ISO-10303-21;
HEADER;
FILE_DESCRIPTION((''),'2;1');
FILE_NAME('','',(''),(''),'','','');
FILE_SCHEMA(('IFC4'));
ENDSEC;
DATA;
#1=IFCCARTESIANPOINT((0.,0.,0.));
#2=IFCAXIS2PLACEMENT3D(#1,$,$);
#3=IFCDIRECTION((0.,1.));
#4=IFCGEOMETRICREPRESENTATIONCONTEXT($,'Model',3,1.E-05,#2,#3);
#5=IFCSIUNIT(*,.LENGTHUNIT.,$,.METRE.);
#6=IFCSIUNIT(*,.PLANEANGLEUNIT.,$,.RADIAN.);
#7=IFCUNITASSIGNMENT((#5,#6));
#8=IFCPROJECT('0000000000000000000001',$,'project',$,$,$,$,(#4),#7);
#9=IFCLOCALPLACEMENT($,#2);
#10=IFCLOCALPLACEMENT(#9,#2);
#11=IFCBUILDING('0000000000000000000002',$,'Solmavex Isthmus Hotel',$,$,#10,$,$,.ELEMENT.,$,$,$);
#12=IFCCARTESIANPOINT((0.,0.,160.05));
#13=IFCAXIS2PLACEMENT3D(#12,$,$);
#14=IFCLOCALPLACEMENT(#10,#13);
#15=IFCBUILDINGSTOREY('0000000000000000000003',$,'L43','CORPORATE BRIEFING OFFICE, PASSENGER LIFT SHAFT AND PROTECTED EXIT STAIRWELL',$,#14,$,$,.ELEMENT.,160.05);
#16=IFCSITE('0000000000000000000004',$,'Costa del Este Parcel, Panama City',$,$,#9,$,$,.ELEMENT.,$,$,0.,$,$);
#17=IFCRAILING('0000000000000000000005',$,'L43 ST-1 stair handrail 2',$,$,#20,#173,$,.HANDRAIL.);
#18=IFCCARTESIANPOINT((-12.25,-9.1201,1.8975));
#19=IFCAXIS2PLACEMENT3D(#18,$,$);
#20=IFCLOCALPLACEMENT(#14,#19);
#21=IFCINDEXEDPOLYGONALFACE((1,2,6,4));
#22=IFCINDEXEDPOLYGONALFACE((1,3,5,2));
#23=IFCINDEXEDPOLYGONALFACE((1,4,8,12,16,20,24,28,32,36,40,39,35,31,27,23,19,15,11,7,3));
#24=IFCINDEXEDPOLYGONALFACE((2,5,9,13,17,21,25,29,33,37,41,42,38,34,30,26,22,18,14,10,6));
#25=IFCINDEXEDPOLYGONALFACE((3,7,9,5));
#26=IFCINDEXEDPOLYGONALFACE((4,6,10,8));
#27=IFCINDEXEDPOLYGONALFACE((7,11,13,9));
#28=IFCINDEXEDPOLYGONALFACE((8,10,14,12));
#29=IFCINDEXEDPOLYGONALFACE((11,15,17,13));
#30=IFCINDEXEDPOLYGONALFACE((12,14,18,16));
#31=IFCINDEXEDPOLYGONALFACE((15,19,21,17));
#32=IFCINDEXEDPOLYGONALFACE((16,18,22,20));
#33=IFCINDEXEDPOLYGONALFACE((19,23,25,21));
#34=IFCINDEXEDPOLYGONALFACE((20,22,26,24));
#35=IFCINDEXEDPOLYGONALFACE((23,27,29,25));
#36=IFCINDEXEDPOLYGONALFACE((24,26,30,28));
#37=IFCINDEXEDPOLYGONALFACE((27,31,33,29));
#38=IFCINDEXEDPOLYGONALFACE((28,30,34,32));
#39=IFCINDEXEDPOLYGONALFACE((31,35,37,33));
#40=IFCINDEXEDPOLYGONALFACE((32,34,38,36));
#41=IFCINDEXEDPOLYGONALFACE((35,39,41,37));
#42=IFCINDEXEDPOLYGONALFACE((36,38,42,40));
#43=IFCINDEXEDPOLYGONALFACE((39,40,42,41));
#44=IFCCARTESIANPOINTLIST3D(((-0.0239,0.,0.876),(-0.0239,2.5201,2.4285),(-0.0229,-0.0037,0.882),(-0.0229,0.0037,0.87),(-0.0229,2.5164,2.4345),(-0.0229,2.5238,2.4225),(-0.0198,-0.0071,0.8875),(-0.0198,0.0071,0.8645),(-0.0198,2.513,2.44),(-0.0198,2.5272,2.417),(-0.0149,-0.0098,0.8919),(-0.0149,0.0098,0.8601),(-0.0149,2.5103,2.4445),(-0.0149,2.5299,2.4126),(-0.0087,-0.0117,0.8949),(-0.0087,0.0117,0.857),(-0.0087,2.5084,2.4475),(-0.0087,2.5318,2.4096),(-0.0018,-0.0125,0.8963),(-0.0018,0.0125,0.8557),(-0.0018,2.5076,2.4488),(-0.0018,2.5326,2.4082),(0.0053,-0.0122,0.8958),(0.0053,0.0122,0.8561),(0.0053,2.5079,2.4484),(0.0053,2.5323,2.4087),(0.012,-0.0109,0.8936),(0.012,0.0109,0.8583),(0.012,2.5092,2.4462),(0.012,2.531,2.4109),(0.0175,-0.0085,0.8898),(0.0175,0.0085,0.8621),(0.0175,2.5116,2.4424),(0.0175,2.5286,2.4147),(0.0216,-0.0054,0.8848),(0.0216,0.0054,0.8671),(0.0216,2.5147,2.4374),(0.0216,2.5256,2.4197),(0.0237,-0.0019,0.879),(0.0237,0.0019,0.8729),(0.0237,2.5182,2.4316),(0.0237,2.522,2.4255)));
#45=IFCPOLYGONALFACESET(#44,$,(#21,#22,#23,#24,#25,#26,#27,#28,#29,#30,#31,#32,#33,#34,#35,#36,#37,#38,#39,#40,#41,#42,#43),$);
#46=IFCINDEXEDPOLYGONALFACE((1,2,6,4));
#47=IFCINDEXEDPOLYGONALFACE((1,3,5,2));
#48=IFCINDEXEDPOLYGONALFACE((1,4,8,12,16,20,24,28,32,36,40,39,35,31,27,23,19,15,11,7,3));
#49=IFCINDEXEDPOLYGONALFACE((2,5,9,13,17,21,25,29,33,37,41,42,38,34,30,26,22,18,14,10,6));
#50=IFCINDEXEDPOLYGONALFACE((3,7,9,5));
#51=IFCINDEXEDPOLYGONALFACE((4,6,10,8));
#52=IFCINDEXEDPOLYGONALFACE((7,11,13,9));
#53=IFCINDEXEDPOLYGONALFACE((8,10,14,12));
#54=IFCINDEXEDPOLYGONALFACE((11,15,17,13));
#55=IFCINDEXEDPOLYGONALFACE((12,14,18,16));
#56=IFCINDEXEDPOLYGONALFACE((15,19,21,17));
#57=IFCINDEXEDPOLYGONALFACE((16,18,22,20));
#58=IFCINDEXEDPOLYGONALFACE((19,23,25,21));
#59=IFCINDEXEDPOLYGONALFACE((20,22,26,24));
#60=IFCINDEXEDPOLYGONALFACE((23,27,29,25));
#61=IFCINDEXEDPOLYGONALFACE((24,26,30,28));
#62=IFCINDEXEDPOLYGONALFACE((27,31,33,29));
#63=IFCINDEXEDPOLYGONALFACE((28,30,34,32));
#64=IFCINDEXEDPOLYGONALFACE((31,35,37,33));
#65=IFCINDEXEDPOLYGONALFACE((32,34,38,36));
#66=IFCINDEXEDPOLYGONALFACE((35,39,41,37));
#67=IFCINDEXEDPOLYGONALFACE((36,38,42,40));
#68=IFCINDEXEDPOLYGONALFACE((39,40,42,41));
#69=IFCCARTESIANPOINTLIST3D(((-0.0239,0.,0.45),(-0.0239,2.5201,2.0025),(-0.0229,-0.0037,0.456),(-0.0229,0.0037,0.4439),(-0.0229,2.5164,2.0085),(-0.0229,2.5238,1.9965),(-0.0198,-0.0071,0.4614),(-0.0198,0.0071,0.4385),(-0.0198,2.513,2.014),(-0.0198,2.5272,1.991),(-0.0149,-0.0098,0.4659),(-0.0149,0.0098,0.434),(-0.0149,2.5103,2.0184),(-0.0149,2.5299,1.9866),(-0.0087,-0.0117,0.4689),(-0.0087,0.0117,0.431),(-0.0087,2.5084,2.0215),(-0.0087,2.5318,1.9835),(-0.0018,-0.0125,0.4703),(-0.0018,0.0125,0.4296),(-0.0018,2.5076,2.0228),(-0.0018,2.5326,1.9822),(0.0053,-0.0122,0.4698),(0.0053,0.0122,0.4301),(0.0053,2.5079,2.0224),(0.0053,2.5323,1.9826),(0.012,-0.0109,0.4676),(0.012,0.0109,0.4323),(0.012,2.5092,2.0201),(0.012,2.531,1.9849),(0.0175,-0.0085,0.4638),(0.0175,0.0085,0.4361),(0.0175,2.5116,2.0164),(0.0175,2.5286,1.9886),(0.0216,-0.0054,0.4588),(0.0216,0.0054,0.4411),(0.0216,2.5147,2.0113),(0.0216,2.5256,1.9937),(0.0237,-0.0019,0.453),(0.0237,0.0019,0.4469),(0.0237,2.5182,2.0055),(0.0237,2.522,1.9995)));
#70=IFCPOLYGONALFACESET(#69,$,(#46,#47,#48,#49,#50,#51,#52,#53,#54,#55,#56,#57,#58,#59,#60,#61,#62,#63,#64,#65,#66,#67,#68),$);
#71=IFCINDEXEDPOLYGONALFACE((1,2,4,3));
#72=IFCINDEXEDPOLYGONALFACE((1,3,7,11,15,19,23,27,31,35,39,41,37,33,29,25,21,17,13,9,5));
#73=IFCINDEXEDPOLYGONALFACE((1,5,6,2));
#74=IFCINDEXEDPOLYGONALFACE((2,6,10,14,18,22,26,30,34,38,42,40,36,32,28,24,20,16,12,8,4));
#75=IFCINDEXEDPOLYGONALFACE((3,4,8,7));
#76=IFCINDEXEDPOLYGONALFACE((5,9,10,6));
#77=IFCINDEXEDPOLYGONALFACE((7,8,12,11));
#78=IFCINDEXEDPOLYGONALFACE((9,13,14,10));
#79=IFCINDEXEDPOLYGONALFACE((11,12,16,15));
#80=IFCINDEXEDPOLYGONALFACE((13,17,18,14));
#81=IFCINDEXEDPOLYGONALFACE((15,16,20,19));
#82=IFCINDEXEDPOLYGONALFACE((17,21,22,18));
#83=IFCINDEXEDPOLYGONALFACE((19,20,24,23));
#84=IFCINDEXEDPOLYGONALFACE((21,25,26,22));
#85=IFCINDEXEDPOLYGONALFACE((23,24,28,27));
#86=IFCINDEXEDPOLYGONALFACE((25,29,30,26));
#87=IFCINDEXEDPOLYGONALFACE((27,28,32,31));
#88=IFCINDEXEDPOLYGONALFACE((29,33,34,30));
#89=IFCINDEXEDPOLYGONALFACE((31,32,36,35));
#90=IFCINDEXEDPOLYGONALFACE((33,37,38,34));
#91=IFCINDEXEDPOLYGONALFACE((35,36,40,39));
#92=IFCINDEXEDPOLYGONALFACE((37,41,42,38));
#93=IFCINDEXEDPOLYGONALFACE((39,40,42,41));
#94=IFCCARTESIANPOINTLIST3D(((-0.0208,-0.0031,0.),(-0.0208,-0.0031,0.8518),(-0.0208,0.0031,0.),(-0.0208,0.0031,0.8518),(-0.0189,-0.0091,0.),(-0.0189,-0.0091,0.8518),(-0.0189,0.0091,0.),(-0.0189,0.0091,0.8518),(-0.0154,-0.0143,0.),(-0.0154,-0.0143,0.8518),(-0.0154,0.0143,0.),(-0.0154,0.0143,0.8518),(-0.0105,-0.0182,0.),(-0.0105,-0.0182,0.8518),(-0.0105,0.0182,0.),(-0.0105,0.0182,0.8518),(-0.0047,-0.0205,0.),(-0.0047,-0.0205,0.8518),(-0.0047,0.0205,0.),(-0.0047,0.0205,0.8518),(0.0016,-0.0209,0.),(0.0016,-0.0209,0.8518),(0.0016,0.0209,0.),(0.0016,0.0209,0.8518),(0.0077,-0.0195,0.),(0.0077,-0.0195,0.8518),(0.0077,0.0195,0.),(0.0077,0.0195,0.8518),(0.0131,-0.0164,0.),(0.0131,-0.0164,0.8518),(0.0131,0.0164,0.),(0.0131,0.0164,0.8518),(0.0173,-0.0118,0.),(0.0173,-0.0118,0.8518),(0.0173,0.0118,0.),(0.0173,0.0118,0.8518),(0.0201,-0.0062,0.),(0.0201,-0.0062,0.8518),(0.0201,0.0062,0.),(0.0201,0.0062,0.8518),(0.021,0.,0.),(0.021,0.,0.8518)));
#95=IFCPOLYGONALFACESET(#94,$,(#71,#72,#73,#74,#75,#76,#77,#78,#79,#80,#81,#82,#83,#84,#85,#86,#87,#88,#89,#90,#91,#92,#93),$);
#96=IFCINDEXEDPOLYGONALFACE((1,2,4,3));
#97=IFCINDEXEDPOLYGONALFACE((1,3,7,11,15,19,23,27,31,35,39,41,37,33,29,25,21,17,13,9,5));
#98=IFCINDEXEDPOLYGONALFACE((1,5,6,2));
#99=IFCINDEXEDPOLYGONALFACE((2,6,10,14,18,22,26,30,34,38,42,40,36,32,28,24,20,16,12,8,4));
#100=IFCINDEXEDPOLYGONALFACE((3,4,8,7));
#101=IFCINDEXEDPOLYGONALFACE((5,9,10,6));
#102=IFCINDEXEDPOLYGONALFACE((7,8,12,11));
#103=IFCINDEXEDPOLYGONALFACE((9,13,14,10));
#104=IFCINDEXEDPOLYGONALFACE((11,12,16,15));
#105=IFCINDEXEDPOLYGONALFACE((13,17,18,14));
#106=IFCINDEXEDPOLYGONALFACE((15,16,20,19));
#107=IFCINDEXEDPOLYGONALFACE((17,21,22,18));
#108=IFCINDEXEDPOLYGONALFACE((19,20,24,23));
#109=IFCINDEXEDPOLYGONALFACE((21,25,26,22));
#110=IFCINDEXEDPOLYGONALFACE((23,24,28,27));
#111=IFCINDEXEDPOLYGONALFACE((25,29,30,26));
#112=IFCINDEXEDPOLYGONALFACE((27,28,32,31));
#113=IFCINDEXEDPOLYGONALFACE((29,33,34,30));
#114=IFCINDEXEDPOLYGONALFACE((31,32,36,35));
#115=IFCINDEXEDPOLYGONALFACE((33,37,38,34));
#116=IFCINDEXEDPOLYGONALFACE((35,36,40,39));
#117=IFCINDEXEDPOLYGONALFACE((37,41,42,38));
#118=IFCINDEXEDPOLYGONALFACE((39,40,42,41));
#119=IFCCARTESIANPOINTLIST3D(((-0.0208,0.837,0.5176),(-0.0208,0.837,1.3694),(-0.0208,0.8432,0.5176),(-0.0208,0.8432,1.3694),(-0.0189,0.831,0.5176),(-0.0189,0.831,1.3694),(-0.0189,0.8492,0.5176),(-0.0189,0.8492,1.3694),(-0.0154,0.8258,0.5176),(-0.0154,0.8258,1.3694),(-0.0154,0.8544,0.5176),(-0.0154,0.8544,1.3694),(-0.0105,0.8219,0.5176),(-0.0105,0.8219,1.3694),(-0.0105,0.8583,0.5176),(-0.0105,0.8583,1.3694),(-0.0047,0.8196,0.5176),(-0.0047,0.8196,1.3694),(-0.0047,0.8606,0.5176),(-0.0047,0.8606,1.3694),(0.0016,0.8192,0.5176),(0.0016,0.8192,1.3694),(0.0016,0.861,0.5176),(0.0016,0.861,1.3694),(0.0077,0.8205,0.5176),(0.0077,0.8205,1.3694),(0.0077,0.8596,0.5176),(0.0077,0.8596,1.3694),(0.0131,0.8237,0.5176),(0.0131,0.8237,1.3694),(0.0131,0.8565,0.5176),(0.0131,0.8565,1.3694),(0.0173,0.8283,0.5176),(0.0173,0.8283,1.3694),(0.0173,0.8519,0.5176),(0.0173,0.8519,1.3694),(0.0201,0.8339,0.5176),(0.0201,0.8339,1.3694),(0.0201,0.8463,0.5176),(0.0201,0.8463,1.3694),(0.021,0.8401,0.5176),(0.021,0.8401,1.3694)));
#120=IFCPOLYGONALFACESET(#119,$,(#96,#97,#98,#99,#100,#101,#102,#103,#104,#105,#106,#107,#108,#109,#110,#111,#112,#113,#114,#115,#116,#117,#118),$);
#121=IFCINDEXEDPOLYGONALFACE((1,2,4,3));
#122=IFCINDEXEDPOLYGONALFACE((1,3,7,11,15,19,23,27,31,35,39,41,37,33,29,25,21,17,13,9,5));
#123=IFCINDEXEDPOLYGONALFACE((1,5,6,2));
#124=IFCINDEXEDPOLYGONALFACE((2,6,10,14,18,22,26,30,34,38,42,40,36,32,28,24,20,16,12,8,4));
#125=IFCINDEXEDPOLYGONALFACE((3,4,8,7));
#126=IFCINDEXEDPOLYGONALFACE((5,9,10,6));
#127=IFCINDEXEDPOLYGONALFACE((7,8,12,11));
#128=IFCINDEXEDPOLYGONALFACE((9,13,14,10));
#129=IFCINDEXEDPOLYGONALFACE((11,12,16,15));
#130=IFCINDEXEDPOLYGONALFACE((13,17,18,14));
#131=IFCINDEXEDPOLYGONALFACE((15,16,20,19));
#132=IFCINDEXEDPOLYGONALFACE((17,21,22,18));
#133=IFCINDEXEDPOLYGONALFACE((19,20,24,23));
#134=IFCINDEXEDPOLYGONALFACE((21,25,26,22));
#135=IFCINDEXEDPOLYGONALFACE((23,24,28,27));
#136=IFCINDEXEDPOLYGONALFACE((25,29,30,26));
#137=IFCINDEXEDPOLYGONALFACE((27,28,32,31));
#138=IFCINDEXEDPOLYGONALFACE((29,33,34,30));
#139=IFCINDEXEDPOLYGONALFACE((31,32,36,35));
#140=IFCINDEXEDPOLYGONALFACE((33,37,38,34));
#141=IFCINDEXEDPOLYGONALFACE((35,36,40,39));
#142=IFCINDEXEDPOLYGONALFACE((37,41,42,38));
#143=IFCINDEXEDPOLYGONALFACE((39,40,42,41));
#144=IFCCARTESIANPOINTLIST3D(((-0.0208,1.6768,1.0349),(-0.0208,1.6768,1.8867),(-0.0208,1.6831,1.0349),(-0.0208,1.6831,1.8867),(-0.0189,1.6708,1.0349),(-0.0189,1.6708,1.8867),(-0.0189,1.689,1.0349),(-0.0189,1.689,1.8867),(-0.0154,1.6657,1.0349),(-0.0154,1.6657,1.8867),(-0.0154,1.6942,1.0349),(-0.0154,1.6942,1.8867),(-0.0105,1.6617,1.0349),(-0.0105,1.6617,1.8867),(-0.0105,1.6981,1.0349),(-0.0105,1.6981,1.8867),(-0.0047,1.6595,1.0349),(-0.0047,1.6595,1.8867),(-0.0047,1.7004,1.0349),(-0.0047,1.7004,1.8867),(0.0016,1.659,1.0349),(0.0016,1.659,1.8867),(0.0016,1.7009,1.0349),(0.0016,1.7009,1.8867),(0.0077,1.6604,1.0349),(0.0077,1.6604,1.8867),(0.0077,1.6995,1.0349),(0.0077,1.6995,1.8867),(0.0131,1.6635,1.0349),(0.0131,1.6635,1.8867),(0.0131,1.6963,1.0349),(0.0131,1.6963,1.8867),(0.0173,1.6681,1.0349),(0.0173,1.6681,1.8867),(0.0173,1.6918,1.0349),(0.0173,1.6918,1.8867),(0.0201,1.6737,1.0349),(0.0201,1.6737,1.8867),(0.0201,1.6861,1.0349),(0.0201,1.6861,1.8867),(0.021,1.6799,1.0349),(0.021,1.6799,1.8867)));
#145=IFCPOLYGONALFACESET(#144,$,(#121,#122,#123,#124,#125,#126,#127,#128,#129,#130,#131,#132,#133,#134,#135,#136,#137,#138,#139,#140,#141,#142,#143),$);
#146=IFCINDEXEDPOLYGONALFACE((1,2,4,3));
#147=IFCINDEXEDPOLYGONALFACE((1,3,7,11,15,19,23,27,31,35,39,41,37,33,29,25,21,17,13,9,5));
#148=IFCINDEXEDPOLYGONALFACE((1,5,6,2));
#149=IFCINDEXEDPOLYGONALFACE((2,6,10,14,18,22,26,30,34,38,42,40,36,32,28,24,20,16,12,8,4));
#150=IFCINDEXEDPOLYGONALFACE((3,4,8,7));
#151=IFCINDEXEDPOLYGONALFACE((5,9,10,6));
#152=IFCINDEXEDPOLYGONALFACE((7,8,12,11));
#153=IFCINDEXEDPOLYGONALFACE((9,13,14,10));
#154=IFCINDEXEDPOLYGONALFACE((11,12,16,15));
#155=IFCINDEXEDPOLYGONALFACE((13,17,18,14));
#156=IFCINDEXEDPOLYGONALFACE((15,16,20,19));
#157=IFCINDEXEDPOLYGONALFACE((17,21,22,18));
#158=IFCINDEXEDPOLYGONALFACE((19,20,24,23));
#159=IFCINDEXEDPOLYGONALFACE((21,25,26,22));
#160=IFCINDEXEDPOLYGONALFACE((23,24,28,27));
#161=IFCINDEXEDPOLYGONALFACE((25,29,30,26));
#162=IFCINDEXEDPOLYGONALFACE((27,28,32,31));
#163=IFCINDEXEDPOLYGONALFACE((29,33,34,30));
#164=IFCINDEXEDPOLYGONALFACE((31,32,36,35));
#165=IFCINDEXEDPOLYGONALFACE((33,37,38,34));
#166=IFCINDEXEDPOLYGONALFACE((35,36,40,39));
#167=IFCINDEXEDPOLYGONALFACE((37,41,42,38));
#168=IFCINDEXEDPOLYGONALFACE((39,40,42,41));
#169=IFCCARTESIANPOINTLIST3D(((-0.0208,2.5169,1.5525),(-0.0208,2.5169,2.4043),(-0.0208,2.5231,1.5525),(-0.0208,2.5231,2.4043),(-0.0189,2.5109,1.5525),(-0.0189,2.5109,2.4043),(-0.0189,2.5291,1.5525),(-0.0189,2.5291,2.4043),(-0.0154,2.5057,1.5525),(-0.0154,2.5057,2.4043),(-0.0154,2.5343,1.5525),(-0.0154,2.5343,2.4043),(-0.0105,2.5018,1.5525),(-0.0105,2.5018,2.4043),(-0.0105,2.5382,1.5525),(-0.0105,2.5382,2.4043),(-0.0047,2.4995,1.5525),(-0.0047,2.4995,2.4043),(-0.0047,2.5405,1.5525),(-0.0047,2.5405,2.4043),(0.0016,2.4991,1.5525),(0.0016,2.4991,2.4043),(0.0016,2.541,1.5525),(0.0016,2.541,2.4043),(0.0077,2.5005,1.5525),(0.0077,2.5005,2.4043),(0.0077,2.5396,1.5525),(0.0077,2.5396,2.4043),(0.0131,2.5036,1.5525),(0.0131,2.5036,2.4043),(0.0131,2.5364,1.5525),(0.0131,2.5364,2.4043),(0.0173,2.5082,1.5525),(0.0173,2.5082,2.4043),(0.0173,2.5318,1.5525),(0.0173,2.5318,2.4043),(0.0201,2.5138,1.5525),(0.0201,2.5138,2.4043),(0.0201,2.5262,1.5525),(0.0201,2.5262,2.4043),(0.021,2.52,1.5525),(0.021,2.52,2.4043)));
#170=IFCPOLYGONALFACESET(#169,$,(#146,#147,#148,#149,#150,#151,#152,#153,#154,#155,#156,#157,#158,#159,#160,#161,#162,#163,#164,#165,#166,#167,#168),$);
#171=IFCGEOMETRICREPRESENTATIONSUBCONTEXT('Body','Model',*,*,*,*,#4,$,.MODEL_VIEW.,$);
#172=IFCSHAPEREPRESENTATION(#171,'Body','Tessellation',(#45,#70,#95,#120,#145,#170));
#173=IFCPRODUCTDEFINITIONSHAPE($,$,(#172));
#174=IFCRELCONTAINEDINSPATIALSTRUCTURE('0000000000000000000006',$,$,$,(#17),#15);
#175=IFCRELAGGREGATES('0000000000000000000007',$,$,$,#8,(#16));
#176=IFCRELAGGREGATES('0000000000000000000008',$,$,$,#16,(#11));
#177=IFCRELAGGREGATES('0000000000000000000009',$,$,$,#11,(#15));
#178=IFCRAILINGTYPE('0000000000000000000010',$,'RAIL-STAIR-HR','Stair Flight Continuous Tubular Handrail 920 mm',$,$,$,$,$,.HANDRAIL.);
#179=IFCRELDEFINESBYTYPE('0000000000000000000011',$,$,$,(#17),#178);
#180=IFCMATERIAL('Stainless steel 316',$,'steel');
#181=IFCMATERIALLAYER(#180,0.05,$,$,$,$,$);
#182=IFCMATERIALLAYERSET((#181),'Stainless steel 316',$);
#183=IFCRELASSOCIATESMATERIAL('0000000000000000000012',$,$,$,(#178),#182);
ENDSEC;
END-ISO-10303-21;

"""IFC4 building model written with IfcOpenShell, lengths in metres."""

from ifc_helpers import new_model, si_unit, direction, frame, origin, origin_2d, place, context, subcontext, project, spatial, circle, extrude, material, layer, layer_set, type_object, element, save


model = new_model("IFC4")

# Units and contexts
model_context = context("Model", 3, precision=1e-05, world=origin(), true_north=direction((0.0, 1.0)))
body_context = subcontext(model_context, "Body", "Model", "MODEL_VIEW")
ifc_project = project(units=[si_unit("LENGTHUNIT", "METRE"), si_unit("PLANEANGLEUNIT", "RADIAN")], contexts=[model_context])

# Site, building, storey
site_placement = place(None, origin())
site = spatial("IfcSite", under=ifc_project, at=site_placement, Name="Costa del Este Parcel, Panama City", CompositionType="ELEMENT", RefElevation=0.0)
building_placement = place(site_placement, origin())
building = spatial("IfcBuilding", under=site, at=building_placement, Name="Solmavex Isthmus Hotel", CompositionType="ELEMENT")
storey_placement = place(building_placement, frame((0.0, 0.0, 160.05)))
storey = spatial("IfcBuildingStorey", under=building, at=storey_placement, Name="L43", Description="CORPORATE BRIEFING OFFICE, PASSENGER LIFT SHAFT AND PROTECTED EXIT STAIRWELL", CompositionType="ELEMENT", Elevation=160.05)

# Shared definitions
ifc_material_1 = material(Name="Stainless steel 316", Category="steel")

# Railing
ifc_layer_1 = layer(ifc_material_1, 0.05)
ifc_layer_set_1 = layer_set([ifc_layer_1], Name="Stainless steel 316")
railing_type = type_object("IfcRailingType", Name="RAIL-STAIR-HR", Description="Stair Flight Continuous Tubular Handrail 920 mm", PredefinedType="HANDRAIL", material=ifc_layer_set_1)
railing_placement = place(storey_placement, frame((-12.25, -9.1201, 1.8975)))
element("IfcRailing", 1, at=railing_placement, inside=storey, type_object=railing_type, Name="L43 ST-1 stair handrail 2", PredefinedType="HANDRAIL", context=body_context, shape_type="SweptSolid", body=[
    extrude(circle(Radius=0.0239, at=origin_2d()), frame((0.0, 0.0, 0.876), z_axis=(0.0, 0.8514, 0.524516), x_axis=(-1.0, 0.0, 0.0)), (0.0, 0.0, 1.0), 2.96),
    extrude(circle(Radius=0.0239, at=origin_2d()), frame((0.0, 0.0, 0.45), z_axis=(0.0, 0.8514, 0.524516), x_axis=(-1.0, 0.0, 0.0)), (0.0, 0.0, 1.0), 2.96),
    extrude(circle(Radius=0.021, at=origin_2d()), origin(), (0.0, 0.0, 1.0), 0.8518),
    extrude(circle(Radius=0.021, at=origin_2d()), frame((0.0, 0.8401, 0.5176)), (0.0, 0.0, 1.0), 0.8518),
    extrude(circle(Radius=0.021, at=origin_2d()), frame((0.0, 1.6799, 1.0349)), (0.0, 0.0, 1.0), 0.8518),
    extrude(circle(Radius=0.021, at=origin_2d()), frame((0.0, 2.52, 1.5525)), (0.0, 0.0, 1.0), 0.8518),
])

save(model, "model.ifc")
